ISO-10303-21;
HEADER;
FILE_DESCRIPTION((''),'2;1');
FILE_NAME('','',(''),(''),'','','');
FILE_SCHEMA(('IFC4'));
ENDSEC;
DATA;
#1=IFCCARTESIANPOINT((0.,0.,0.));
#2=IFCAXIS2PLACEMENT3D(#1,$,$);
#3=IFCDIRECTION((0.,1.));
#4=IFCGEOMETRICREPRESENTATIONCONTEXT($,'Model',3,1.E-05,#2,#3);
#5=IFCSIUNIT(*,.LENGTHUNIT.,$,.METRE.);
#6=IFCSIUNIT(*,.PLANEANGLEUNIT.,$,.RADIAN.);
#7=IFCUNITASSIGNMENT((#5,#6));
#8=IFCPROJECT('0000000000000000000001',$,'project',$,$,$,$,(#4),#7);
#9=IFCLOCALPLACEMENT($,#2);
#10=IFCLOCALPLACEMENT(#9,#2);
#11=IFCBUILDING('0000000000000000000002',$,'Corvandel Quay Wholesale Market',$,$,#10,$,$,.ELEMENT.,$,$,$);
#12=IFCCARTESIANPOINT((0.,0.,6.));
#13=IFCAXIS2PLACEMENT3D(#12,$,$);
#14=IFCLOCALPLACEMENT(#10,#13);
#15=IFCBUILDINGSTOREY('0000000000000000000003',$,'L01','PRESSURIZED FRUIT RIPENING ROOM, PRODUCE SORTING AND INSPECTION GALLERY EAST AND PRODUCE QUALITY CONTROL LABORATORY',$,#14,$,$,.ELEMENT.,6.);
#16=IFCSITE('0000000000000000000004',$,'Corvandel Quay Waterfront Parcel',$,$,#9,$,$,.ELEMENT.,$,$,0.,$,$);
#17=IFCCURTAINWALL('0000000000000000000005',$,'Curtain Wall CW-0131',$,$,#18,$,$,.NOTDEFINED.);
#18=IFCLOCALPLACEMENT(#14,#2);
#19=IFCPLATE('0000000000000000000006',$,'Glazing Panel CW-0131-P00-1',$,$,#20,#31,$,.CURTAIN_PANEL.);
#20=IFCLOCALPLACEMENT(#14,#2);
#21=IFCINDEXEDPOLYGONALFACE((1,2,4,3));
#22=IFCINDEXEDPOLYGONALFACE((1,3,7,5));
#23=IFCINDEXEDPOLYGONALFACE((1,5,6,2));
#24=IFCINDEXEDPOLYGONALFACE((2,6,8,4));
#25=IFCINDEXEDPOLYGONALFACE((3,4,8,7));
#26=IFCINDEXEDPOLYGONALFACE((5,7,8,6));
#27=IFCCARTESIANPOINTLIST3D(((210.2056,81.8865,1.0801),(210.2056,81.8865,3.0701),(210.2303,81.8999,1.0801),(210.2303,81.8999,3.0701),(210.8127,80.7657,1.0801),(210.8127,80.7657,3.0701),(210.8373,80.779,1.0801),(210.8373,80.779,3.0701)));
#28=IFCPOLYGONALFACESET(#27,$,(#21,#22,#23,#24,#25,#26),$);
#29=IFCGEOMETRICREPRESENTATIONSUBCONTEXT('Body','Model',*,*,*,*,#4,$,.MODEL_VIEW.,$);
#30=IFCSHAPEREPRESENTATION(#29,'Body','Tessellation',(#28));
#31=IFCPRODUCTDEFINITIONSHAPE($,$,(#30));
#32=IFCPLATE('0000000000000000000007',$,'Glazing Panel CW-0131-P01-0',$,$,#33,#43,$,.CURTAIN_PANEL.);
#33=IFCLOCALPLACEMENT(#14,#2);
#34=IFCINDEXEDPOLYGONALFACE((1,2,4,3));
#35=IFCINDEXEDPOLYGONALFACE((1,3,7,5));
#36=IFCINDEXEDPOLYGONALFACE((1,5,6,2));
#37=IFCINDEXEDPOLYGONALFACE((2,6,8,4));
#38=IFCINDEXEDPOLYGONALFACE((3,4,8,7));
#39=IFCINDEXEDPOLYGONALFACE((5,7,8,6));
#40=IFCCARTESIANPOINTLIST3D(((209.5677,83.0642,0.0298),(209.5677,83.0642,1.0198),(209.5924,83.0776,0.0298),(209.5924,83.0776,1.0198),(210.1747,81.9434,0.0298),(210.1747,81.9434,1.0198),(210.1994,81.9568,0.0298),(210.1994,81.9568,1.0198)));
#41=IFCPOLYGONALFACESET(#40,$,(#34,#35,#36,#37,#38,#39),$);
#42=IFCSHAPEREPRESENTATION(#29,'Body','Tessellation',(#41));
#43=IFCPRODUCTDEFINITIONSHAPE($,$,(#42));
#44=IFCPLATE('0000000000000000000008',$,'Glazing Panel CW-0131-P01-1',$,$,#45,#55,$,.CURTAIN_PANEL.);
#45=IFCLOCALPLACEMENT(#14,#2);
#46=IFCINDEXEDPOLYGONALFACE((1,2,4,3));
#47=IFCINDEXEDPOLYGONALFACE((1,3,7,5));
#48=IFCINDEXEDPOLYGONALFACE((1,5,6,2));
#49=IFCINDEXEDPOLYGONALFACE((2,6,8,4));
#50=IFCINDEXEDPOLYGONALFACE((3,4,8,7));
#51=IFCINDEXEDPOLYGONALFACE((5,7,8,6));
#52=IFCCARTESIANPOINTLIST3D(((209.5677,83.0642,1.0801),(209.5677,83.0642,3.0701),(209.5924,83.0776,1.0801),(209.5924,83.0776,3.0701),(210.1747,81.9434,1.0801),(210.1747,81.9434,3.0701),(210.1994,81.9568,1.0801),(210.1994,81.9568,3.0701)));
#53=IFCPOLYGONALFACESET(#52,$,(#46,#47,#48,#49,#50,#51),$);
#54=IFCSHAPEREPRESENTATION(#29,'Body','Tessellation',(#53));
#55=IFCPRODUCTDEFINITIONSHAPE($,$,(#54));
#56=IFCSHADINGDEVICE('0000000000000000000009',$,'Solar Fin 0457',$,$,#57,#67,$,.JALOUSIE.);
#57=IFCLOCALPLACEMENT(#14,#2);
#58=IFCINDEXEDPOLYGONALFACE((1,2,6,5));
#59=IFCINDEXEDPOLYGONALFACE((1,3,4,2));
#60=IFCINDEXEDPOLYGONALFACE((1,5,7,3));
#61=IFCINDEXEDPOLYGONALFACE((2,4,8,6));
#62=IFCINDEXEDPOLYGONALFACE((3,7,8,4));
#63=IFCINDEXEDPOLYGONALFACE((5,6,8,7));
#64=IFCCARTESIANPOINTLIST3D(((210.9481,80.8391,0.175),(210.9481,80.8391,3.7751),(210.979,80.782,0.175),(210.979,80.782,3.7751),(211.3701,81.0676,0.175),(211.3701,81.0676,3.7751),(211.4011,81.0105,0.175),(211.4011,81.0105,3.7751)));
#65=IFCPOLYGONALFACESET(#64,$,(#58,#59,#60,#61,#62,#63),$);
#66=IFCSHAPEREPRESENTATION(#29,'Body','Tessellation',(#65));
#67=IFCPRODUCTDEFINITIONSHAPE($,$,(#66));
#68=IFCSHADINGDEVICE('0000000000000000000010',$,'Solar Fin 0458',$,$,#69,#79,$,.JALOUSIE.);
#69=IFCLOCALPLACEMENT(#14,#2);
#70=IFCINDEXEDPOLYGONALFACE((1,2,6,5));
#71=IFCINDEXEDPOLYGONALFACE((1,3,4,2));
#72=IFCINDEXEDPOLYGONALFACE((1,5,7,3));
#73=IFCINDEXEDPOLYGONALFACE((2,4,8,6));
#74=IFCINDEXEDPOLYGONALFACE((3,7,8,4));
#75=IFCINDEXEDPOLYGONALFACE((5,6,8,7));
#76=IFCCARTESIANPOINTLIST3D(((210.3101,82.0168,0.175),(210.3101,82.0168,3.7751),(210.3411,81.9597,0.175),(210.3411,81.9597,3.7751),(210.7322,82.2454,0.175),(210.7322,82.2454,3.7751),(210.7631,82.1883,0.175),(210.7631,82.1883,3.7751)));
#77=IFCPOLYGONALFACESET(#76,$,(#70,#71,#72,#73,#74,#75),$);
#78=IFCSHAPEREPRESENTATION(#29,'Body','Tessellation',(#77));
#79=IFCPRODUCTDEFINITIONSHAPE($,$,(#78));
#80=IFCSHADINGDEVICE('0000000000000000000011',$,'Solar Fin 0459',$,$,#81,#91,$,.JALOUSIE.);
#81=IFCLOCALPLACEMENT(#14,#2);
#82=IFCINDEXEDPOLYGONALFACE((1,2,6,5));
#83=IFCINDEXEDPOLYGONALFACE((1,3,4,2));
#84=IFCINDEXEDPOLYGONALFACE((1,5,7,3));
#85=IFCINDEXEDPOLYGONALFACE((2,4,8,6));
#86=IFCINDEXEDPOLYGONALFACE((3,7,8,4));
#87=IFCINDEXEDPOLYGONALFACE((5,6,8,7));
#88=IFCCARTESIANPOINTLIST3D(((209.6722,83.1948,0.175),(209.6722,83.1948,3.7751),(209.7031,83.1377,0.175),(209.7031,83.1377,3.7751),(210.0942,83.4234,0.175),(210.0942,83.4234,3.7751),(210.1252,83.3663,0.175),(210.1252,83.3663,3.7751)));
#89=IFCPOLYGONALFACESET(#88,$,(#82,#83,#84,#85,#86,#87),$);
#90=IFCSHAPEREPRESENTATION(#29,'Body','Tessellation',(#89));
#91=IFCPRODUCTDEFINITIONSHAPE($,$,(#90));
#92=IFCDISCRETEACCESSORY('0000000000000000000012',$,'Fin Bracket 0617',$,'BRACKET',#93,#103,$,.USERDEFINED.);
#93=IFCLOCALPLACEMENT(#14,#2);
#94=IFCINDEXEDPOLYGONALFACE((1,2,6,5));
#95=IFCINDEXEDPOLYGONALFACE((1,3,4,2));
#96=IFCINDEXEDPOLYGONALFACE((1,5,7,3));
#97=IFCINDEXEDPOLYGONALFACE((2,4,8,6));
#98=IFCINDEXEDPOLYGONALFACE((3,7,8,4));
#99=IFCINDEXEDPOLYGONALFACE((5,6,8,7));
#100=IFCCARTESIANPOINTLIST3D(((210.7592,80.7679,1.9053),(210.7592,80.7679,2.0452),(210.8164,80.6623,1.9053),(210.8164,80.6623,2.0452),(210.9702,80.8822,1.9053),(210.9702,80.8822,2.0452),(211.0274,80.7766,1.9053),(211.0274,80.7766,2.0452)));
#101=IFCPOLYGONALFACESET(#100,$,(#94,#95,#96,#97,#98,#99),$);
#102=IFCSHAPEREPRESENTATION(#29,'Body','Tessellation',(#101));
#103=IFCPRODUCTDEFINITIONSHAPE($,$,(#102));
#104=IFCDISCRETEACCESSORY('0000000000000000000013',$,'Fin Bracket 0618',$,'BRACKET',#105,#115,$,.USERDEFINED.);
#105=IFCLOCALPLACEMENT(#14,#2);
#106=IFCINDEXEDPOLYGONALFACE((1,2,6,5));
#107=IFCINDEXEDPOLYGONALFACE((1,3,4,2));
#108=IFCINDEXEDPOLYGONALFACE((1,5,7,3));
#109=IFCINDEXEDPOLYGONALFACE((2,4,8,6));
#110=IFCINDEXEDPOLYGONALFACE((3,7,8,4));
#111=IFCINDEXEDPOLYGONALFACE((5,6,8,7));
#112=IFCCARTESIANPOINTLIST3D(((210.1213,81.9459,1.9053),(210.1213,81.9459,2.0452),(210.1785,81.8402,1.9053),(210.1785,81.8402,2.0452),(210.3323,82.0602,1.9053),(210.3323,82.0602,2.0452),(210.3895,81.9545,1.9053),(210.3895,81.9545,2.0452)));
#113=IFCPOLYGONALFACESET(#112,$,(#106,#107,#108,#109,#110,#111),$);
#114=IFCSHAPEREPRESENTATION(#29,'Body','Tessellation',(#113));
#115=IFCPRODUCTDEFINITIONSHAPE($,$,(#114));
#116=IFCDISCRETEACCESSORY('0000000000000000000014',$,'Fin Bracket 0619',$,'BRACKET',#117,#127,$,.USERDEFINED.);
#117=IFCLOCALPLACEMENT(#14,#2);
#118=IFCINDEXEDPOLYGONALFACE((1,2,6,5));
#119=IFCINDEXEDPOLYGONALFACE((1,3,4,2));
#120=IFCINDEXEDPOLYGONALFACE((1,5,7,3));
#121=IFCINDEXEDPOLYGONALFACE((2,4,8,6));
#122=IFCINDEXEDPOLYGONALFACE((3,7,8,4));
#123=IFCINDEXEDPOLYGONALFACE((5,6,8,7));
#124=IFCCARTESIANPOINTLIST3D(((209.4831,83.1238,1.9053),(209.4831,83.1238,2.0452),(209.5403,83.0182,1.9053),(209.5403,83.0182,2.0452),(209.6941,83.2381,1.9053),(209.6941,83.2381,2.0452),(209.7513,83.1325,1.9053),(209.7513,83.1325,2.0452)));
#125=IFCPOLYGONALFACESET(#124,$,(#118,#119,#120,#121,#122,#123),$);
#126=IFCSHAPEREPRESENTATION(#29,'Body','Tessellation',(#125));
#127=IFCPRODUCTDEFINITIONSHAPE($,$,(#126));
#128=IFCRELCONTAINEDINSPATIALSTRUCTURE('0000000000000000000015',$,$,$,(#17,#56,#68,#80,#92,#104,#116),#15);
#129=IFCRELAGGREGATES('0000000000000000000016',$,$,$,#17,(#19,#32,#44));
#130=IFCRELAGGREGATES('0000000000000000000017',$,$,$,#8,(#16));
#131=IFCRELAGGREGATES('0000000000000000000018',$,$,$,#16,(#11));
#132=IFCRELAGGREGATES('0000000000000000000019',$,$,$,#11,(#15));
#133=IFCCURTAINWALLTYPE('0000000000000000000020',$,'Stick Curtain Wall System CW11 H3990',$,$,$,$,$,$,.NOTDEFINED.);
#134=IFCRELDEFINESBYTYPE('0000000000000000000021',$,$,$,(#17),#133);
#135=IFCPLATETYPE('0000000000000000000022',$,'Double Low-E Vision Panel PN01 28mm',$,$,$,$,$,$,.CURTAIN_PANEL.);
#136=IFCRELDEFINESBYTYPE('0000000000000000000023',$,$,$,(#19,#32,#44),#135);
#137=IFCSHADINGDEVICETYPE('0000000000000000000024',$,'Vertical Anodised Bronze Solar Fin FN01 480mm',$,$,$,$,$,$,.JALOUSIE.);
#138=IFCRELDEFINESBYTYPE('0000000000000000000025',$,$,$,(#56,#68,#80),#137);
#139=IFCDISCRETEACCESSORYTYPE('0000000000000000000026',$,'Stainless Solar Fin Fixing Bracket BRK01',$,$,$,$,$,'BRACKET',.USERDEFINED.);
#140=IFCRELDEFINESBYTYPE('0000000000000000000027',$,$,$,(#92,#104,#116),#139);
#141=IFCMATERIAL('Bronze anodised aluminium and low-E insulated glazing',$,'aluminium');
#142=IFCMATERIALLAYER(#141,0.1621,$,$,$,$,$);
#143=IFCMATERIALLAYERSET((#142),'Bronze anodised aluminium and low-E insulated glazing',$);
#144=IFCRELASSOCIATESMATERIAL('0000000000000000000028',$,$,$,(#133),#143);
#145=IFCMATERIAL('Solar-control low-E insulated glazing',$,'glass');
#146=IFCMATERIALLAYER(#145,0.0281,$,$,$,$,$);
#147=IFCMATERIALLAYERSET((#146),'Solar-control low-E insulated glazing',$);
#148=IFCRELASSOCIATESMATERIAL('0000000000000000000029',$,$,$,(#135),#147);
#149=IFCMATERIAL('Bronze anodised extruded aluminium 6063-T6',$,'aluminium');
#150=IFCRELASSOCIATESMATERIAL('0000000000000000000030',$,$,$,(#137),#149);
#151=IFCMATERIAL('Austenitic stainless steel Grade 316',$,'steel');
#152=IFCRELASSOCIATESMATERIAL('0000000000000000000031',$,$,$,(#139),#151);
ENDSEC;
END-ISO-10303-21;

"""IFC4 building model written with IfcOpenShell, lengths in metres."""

from ifc_helpers import new_model, si_unit, direction, frame, origin, origin_2d, place, context, subcontext, project, spatial, rectangle, extrude, material, layer, layer_set, type_object, element, aggregate, save


model = new_model("IFC4")

# Units and contexts
model_context = context("Model", 3, precision=1e-05, world=origin(), true_north=direction((0.0, 1.0)))
body_context = subcontext(model_context, "Body", "Model", "MODEL_VIEW")
ifc_project = project(units=[si_unit("LENGTHUNIT", "METRE"), si_unit("PLANEANGLEUNIT", "RADIAN")], contexts=[model_context])

# Site, building, storey
site_placement = place(None, origin())
site = spatial("IfcSite", under=ifc_project, at=site_placement, Name="Corvandel Quay Waterfront Parcel", CompositionType="ELEMENT", RefElevation=0.0)
building_placement = place(site_placement, origin())
building = spatial("IfcBuilding", under=site, at=building_placement, Name="Corvandel Quay Wholesale Market", CompositionType="ELEMENT")
storey_placement = place(building_placement, frame((0.0, 0.0, 6.0)))
storey = spatial("IfcBuildingStorey", under=building, at=storey_placement, Name="L01", Description="PRESSURIZED FRUIT RIPENING ROOM, PRODUCE SORTING AND INSPECTION GALLERY EAST AND PRODUCE QUALITY CONTROL LABORATORY", CompositionType="ELEMENT", Elevation=6.0)

# Curtain wall, plates
ifc_material_1 = material(Name="Bronze anodised aluminium and low-E insulated glazing", Category="aluminium")
ifc_layer_1 = layer(ifc_material_1, 0.1621)
ifc_layer_set_1 = layer_set([ifc_layer_1], Name="Bronze anodised aluminium and low-E insulated glazing")
curtain_wall_type = type_object("IfcCurtainWallType", Name="Stick Curtain Wall System CW11 H3990", PredefinedType="NOTDEFINED", material=ifc_layer_set_1)
curtain_wall_placement = place(storey_placement, origin())
curtain_wall = element("IfcCurtainWall", 1, at=curtain_wall_placement, inside=storey, type_object=curtain_wall_type, Name="Curtain Wall CW-0131", PredefinedType="NOTDEFINED")
ifc_material_2 = material(Name="Solar-control low-E insulated glazing", Category="glass")
ifc_layer_2 = layer(ifc_material_2, 0.0281)
ifc_layer_set_2 = layer_set([ifc_layer_2], Name="Solar-control low-E insulated glazing")
plate_type_1 = type_object("IfcPlateType", Name="Double Low-E Vision Panel PN01 28mm", PredefinedType="CURTAIN_PANEL", material=ifc_layer_set_2)
plate_1_placement = place(storey_placement, frame((210.5215, 81.3328, 1.0801), z_axis=(0.0, 0.0, 1.0), x_axis=(-0.476238, 0.879316, 0.0)))
plate_1 = element("IfcPlate", 2, at=plate_1_placement, type_object=plate_type_1, Name="Glazing Panel CW-0131-P00-1", PredefinedType="CURTAIN_PANEL", context=body_context, shape_type="SweptSolid", body=[
    extrude(rectangle(XDim=1.2747, YDim=0.0281, at=origin_2d()), origin(), (0.0, 0.0, 1.0), 1.99),
])
plate_2_placement = place(storey_placement, frame((209.8835, 82.5105, 0.0298), z_axis=(0.0, 0.0, 1.0), x_axis=(-0.476238, 0.879316, 0.0)))
plate_2 = element("IfcPlate", 3, at=plate_2_placement, type_object=plate_type_1, Name="Glazing Panel CW-0131-P01-0", PredefinedType="CURTAIN_PANEL", context=body_context, shape_type="SweptSolid", body=[
    extrude(rectangle(XDim=1.2747, YDim=0.0281, at=origin_2d()), origin(), (0.0, 0.0, 1.0), 0.99),
])
plate_3_placement = place(storey_placement, frame((209.8835, 82.5105, 1.0801), z_axis=(0.0, 0.0, 1.0), x_axis=(-0.476238, 0.879316, 0.0)))
plate_3 = element("IfcPlate", 4, at=plate_3_placement, type_object=plate_type_1, Name="Glazing Panel CW-0131-P01-1", PredefinedType="CURTAIN_PANEL", context=body_context, shape_type="SweptSolid", body=[
    extrude(rectangle(XDim=1.2747, YDim=0.0281, at=origin_2d()), origin(), (0.0, 0.0, 1.0), 1.99),
])
aggregate(curtain_wall, [plate_1, plate_2, plate_3])

# Shading devices
ifc_material_3 = material(Name="Bronze anodised extruded aluminium 6063-T6", Category="aluminium")
shading_device_type = type_object("IfcShadingDeviceType", Name="Vertical Anodised Bronze Solar Fin FN01 480mm", PredefinedType="JALOUSIE", material=ifc_material_3)
for number, where, z_axis, x_axis, name in (
    (5, (211.1746, 80.9248, 0.175), (0.0, 0.0, 1.0), (0.879316, 0.476238, 0.0), "Solar Fin 0457"),
    (6, (210.5366, 82.1025, 0.175), (0.0, 0.0, 1.0), (0.879316, 0.476238, 0.0), "Solar Fin 0458"),
    (7, (209.8987, 83.2805, 0.175), (0.0, 0.0, 1.0), (0.879316, 0.476238, 0.0), "Solar Fin 0459"),
):
    element("IfcShadingDevice", number, at=place(storey_placement, frame(where, z_axis=z_axis, x_axis=x_axis)), inside=storey, type_object=shading_device_type, Name=name, PredefinedType="JALOUSIE", context=body_context, shape_type="SweptSolid", body=[
        extrude(rectangle(XDim=0.48, YDim=0.0649, at=origin_2d()), origin(), (0.0, 0.0, 1.0), 3.6001),
    ])

# Discrete accessories
ifc_material_4 = material(Name="Austenitic stainless steel Grade 316", Category="steel")
discrete_accessory_type = type_object("IfcDiscreteAccessoryType", Name="Stainless Solar Fin Fixing Bracket BRK01", ElementType="BRACKET", PredefinedType="USERDEFINED", material=ifc_material_4)
for number, where, z_axis, x_axis, name in (
    (8, (210.8933, 80.7722, 1.9053), (0.0, 0.0, 1.0), (0.879316, 0.476238, 0.0), "Fin Bracket 0617"),
    (9, (210.2554, 81.9502, 1.9053), (0.0, 0.0, 1.0), (0.879316, 0.476238, 0.0), "Fin Bracket 0618"),
    (10, (209.6172, 83.1282, 1.9053), (0.0, 0.0, 1.0), (0.879316, 0.476238, 0.0), "Fin Bracket 0619"),
):
    element("IfcDiscreteAccessory", number, at=place(storey_placement, frame(where, z_axis=z_axis, x_axis=x_axis)), inside=storey, type_object=discrete_accessory_type, Name=name, ObjectType="BRACKET", PredefinedType="USERDEFINED", context=body_context, shape_type="SweptSolid", body=[
        extrude(rectangle(XDim=0.24, YDim=0.1201, at=origin_2d()), origin(), (0.0, 0.0, 1.0), 0.1399),
    ])

save(model, "model.ifc")
